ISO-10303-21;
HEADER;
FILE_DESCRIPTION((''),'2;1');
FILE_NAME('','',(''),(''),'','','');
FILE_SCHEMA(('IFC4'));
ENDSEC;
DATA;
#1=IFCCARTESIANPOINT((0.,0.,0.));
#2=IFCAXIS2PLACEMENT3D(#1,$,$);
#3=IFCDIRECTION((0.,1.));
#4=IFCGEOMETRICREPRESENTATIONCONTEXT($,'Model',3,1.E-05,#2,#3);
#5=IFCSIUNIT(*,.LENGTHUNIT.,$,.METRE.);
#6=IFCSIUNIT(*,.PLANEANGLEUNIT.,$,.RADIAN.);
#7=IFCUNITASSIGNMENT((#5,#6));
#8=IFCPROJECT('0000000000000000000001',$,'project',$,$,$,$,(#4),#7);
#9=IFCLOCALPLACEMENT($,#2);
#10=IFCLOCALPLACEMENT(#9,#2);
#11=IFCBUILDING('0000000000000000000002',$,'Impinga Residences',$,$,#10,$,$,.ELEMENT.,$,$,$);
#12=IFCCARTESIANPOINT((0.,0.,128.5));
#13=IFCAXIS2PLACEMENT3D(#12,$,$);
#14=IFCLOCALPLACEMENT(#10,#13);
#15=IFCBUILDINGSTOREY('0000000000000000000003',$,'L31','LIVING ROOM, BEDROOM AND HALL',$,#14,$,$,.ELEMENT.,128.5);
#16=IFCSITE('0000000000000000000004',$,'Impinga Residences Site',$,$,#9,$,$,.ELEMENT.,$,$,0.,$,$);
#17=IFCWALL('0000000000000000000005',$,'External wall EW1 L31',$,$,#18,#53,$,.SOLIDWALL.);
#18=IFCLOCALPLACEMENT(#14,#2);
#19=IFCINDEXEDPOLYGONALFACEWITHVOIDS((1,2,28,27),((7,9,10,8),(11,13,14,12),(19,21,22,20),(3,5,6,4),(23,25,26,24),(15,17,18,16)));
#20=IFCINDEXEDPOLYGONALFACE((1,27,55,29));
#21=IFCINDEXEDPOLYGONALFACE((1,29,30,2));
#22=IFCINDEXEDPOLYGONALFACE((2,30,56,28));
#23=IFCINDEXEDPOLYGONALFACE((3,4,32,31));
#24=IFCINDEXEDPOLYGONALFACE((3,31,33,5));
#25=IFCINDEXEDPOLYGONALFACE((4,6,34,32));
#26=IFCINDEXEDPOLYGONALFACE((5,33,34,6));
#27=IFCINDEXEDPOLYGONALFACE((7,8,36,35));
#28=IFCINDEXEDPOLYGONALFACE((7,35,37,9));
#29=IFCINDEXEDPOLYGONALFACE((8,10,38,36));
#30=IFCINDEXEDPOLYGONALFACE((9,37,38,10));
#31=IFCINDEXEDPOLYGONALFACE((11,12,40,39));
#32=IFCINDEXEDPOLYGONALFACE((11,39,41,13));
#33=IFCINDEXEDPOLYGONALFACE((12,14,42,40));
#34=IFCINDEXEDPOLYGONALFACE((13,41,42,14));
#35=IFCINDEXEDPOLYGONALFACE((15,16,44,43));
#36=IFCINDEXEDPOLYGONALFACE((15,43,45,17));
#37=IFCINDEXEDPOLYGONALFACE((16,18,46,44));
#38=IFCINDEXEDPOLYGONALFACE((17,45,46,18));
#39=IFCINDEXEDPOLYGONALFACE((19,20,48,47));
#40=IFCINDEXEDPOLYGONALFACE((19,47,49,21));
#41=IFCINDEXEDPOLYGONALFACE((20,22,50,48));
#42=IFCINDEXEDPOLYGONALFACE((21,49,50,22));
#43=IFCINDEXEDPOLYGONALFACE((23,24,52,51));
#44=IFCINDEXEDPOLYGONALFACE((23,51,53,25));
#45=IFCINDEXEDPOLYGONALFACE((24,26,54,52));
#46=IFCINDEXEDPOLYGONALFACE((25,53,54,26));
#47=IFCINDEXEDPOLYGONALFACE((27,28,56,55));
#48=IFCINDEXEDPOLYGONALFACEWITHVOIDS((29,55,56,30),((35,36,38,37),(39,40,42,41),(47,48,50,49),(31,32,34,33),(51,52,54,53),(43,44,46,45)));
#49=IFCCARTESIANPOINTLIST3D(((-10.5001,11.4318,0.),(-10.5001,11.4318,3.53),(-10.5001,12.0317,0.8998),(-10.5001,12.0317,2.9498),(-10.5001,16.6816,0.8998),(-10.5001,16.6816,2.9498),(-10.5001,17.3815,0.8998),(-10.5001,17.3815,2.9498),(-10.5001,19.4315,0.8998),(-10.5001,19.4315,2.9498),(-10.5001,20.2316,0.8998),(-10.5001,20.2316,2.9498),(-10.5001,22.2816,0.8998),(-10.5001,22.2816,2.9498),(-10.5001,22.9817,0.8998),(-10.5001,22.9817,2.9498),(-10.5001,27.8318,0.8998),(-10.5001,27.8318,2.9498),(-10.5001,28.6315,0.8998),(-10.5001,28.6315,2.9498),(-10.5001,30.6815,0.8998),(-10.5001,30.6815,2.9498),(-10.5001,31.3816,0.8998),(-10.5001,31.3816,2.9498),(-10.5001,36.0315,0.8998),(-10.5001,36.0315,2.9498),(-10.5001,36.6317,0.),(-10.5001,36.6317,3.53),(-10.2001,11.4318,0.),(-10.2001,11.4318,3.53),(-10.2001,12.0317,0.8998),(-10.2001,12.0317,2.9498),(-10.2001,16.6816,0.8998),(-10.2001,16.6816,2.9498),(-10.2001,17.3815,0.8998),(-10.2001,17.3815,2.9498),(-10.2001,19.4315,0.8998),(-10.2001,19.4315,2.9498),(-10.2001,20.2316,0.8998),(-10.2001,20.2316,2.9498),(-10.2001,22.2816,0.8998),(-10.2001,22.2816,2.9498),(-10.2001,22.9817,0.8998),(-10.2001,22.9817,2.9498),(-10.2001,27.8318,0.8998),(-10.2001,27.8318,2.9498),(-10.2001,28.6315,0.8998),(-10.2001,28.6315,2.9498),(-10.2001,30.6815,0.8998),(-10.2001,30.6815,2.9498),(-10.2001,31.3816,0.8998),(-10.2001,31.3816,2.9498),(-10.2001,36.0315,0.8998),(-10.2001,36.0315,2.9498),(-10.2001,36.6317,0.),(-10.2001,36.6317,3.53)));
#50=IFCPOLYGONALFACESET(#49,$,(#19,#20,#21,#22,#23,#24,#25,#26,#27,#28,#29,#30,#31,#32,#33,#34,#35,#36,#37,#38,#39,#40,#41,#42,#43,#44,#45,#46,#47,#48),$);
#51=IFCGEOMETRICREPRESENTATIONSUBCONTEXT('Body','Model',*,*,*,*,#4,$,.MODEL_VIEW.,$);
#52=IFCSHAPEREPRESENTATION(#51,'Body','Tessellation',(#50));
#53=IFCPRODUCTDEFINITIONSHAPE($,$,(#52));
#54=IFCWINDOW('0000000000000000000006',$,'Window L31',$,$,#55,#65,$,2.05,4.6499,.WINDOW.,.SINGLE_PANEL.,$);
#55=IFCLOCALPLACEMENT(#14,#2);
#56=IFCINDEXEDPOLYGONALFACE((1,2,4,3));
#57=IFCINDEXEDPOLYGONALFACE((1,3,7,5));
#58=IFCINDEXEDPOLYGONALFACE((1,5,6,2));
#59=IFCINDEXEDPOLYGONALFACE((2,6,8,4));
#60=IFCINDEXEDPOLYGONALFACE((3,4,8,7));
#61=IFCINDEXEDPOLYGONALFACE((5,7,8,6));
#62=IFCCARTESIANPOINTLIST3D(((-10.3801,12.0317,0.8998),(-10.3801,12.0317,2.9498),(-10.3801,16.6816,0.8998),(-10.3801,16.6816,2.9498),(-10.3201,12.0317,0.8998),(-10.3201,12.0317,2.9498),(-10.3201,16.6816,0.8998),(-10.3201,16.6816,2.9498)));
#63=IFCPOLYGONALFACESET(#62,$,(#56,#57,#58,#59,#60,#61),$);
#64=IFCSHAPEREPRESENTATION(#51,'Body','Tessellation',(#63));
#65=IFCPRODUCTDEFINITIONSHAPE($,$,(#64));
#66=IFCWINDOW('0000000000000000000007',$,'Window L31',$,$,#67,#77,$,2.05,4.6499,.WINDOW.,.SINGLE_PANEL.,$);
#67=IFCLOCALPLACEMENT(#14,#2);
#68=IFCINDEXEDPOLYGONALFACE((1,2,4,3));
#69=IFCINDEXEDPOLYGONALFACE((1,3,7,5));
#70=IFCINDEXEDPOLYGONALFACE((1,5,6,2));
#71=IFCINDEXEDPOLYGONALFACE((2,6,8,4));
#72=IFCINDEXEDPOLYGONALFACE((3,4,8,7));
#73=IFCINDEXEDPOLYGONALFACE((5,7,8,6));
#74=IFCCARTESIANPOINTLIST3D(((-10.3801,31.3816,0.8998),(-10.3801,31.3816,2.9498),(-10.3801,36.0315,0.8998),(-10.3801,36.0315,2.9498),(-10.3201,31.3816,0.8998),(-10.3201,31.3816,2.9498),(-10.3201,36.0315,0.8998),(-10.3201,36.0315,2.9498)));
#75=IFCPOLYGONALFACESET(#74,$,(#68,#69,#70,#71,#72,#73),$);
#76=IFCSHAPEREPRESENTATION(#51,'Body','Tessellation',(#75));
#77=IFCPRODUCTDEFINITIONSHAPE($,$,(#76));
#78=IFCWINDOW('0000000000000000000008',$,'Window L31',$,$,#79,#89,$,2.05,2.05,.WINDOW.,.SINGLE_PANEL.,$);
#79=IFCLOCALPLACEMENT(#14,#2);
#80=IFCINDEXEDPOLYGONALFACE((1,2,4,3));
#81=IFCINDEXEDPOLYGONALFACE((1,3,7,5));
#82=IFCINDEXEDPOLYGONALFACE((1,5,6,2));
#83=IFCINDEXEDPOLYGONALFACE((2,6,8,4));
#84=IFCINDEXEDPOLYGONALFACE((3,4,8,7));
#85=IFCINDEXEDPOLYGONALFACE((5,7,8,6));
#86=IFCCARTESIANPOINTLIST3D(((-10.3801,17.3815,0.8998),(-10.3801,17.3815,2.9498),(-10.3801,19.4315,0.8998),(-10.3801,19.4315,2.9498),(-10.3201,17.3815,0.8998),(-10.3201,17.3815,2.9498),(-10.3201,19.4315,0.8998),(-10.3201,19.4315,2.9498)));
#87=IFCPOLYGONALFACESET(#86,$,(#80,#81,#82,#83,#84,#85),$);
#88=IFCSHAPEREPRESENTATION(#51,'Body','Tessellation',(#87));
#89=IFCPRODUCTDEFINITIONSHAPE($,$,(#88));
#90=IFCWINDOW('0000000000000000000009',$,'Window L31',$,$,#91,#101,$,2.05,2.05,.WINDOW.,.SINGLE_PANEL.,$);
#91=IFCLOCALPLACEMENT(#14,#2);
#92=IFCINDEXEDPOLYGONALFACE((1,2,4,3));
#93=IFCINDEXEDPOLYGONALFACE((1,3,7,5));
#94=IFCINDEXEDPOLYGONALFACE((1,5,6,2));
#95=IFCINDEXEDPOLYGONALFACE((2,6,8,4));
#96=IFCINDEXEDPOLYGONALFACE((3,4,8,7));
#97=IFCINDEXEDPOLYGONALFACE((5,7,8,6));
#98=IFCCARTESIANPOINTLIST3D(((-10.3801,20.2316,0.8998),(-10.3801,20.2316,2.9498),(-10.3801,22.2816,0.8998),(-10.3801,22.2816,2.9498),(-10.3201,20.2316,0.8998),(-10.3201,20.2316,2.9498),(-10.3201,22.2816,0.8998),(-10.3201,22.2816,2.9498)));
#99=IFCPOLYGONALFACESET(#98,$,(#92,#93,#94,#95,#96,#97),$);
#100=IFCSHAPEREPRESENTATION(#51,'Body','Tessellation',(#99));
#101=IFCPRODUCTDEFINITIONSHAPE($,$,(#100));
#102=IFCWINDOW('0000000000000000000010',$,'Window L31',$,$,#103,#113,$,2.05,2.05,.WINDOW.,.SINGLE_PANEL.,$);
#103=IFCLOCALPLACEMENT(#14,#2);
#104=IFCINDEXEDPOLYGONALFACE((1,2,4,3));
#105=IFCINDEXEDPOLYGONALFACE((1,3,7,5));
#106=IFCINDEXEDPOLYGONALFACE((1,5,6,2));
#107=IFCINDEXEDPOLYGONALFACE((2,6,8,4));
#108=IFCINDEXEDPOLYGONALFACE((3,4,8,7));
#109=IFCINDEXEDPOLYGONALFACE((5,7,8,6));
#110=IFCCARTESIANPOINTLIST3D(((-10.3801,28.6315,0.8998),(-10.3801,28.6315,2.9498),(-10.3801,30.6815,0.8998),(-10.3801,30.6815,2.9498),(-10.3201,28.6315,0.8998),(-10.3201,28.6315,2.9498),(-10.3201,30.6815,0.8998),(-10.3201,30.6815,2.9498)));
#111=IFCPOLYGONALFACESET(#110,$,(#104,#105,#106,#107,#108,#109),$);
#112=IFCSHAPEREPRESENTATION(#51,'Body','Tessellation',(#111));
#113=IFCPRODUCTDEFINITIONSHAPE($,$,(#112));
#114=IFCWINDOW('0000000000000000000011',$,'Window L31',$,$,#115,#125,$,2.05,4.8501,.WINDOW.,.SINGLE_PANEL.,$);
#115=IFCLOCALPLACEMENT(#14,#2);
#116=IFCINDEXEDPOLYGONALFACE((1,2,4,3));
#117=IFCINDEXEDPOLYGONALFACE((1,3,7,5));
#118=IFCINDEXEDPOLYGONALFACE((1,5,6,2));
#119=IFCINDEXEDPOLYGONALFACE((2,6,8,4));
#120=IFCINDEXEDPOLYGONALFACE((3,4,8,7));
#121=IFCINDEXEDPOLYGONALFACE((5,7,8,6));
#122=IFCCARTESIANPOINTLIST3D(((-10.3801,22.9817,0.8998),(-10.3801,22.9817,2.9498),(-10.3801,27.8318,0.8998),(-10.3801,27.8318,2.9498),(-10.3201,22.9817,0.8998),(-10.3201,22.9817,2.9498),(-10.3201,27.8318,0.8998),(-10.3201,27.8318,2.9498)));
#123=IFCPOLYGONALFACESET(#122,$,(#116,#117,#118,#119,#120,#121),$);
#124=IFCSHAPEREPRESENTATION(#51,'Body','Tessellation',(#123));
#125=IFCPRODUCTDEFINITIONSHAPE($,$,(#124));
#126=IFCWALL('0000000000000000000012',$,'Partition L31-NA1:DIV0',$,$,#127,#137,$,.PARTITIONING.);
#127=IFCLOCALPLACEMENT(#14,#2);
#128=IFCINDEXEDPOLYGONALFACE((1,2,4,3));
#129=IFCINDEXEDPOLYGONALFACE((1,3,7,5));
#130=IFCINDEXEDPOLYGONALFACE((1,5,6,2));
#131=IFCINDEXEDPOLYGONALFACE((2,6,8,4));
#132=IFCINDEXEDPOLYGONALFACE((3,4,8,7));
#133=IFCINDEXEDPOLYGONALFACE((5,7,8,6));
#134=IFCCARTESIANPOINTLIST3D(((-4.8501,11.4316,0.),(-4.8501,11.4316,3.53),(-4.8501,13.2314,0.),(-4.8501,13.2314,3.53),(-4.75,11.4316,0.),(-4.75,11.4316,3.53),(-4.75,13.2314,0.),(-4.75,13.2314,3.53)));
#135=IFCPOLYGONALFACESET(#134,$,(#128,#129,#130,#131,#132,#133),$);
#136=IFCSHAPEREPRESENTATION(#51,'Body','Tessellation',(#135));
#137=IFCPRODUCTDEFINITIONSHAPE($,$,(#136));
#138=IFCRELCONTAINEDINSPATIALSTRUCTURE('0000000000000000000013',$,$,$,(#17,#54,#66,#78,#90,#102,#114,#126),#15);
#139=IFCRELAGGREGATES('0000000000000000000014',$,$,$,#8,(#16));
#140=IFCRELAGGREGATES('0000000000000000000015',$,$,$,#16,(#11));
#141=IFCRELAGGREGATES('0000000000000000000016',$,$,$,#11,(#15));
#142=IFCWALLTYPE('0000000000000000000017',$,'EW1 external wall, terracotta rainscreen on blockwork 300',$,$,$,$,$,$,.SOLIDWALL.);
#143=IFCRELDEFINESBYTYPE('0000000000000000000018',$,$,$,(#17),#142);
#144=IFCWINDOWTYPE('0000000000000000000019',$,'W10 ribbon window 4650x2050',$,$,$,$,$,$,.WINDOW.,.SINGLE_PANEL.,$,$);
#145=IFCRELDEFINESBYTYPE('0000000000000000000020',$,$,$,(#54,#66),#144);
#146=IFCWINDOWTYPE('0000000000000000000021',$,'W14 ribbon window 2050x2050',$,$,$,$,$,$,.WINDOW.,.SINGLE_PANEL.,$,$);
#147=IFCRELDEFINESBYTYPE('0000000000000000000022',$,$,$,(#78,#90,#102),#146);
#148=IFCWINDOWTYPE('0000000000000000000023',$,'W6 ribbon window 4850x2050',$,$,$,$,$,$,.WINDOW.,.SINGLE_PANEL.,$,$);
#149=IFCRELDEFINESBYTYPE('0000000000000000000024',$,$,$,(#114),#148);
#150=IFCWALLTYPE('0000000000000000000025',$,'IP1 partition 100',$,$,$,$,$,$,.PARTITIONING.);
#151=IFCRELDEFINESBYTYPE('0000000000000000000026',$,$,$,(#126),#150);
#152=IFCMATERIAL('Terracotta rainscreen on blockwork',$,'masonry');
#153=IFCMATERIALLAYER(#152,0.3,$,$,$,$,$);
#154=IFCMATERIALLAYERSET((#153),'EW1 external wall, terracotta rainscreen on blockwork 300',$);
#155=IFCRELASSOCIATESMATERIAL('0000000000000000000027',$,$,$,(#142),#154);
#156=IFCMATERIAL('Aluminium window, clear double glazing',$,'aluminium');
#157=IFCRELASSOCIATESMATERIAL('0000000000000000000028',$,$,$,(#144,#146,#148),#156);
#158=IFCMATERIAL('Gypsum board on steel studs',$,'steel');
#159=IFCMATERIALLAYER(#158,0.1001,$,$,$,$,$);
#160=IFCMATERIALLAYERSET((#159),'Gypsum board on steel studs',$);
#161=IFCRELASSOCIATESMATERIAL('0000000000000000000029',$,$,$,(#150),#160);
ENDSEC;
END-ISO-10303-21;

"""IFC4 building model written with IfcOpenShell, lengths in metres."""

from ifc_helpers import new_model, si_unit, direction, frame, frame_2d, origin, place, context, subcontext, project, spatial, rectangle, extrude, material, layer, layer_set, type_object, element, fill, save


model = new_model("IFC4")

# Units and contexts
model_context = context("Model", 3, precision=1e-05, world=origin(), true_north=direction((0.0, 1.0)))
body_context = subcontext(model_context, "Body", "Model", "MODEL_VIEW")
ifc_project = project(units=[si_unit("LENGTHUNIT", "METRE"), si_unit("PLANEANGLEUNIT", "RADIAN")], contexts=[model_context])

# Site, building, storey
site_placement = place(None, origin())
site = spatial("IfcSite", under=ifc_project, at=site_placement, Name="Impinga Residences Site", CompositionType="ELEMENT", RefElevation=0.0)
building_placement = place(site_placement, origin())
building = spatial("IfcBuilding", under=site, at=building_placement, Name="Impinga Residences", CompositionType="ELEMENT")
storey_placement = place(building_placement, frame((0.0, 0.0, 128.5)))
storey = spatial("IfcBuildingStorey", under=building, at=storey_placement, Name="L31", Description="LIVING ROOM, BEDROOM AND HALL", CompositionType="ELEMENT", Elevation=128.5)

# Shared definitions
ifc_material_1 = material(Name="Terracotta rainscreen on blockwork", Category="masonry")
ifc_layer_1 = layer(ifc_material_1, 0.3)
ifc_layer_set_1 = layer_set([ifc_layer_1], Name="EW1 external wall, terracotta rainscreen on blockwork 300")
wall_type_1 = type_object("IfcWallType", Name="EW1 external wall, terracotta rainscreen on blockwork 300", PredefinedType="SOLIDWALL", material=ifc_layer_set_1)

# Wall, openings, windows
wall_1_placement = place(storey_placement, frame((-10.3501, 11.4316, 0.0), z_axis=(0.0, 0.0, 1.0), x_axis=(0.0, 1.0, 0.0)))
wall_1 = element("IfcWall", 1, at=wall_1_placement, inside=storey, type_object=wall_type_1, Name="External wall EW1 L31", PredefinedType="SOLIDWALL", context=body_context, shape_type="SweptSolid", body=[
    extrude(rectangle(XDim=25.2, YDim=0.3, at=frame_2d((12.6001, 0.0))), origin(), (0.0, 0.0, 1.0), 3.53),
])
opening_1_placement = place(wall_1_placement, frame((0.6001, 0.0, 0.8999)))
opening_1 = element("IfcOpeningElement", 2, at=opening_1_placement, cuts=wall_1, PredefinedType="OPENING", context=body_context, shape_type="SweptSolid", body=[
    extrude(rectangle(XDim=4.6499, YDim=2.05, at=frame_2d((2.325, 1.0249))), frame((0.0, 0.1599, 0.0), z_axis=(0.0, -1.0, 0.0), x_axis=(1.0, 0.0, 0.0)), (0.0, 0.0, 1.0), 0.3201),
])
opening_2_placement = place(wall_1_placement, frame((5.95, 0.0, 0.8999)))
opening_2 = element("IfcOpeningElement", 3, at=opening_2_placement, cuts=wall_1, PredefinedType="OPENING", context=body_context, shape_type="SweptSolid", body=[
    extrude(rectangle(XDim=2.05, YDim=2.05, at=frame_2d((1.0249, 1.0249))), frame((0.0, 0.1599, 0.0), z_axis=(0.0, -1.0, 0.0), x_axis=(1.0, 0.0, 0.0)), (0.0, 0.0, 1.0), 0.3201),
])
opening_3_placement = place(wall_1_placement, frame((8.8, 0.0, 0.8999)))
opening_3 = element("IfcOpeningElement", 4, at=opening_3_placement, cuts=wall_1, PredefinedType="OPENING", context=body_context, shape_type="SweptSolid", body=[
    extrude(rectangle(XDim=2.05, YDim=2.05, at=frame_2d((1.0249, 1.0249))), frame((0.0, 0.1599, 0.0), z_axis=(0.0, -1.0, 0.0), x_axis=(1.0, 0.0, 0.0)), (0.0, 0.0, 1.0), 0.3201),
])
opening_4_placement = place(wall_1_placement, frame((11.55, 0.0, 0.8999)))
opening_4 = element("IfcOpeningElement", 5, at=opening_4_placement, cuts=wall_1, PredefinedType="OPENING", context=body_context, shape_type="SweptSolid", body=[
    extrude(rectangle(XDim=4.8501, YDim=2.05, at=frame_2d((2.425, 1.0249))), frame((0.0, 0.1599, 0.0), z_axis=(0.0, -1.0, 0.0), x_axis=(1.0, 0.0, 0.0)), (0.0, 0.0, 1.0), 0.3201),
])
opening_5_placement = place(wall_1_placement, frame((17.2, 0.0, 0.8999)))
opening_5 = element("IfcOpeningElement", 6, at=opening_5_placement, cuts=wall_1, PredefinedType="OPENING", context=body_context, shape_type="SweptSolid", body=[
    extrude(rectangle(XDim=2.05, YDim=2.05, at=frame_2d((1.0249, 1.0249))), frame((0.0, 0.1599, 0.0), z_axis=(0.0, -1.0, 0.0), x_axis=(1.0, 0.0, 0.0)), (0.0, 0.0, 1.0), 0.3201),
])
opening_6_placement = place(wall_1_placement, frame((19.95, 0.0, 0.8999)))
opening_6 = element("IfcOpeningElement", 7, at=opening_6_placement, cuts=wall_1, PredefinedType="OPENING", context=body_context, shape_type="SweptSolid", body=[
    extrude(rectangle(XDim=4.6499, YDim=2.05, at=frame_2d((2.325, 1.0249))), frame((0.0, 0.1599, 0.0), z_axis=(0.0, -1.0, 0.0), x_axis=(1.0, 0.0, 0.0)), (0.0, 0.0, 1.0), 0.3201),
])
ifc_material_2 = material(Name="Aluminium window, clear double glazing", Category="aluminium")
window_type_1 = type_object("IfcWindowType", Name="W10 ribbon window 4650x2050", PartitioningType="SINGLE_PANEL", PredefinedType="WINDOW", material=ifc_material_2)
window_1_placement = place(opening_1_placement, origin())
window_1 = element("IfcWindow", 8, at=window_1_placement, inside=storey, type_object=window_type_1, Name="Window L31", OverallHeight=2.05, OverallWidth=4.6499, PartitioningType="SINGLE_PANEL", PredefinedType="WINDOW", context=body_context, shape_type="SweptSolid", body=[
    extrude(rectangle(XDim=4.6499, YDim=2.05, at=frame_2d((2.325, 1.0249))), frame((0.0, 0.03, 0.0), z_axis=(0.0, -1.0, 0.0), x_axis=(1.0, 0.0, 0.0)), (0.0, 0.0, 1.0), 0.0601),
])
fill(opening_1, window_1)
window_2_placement = place(opening_6_placement, origin())
window_2 = element("IfcWindow", 9, at=window_2_placement, inside=storey, type_object=window_type_1, Name="Window L31", OverallHeight=2.05, OverallWidth=4.6499, PartitioningType="SINGLE_PANEL", PredefinedType="WINDOW", context=body_context, shape_type="SweptSolid", body=[
    extrude(rectangle(XDim=4.6499, YDim=2.05, at=frame_2d((2.325, 1.0249))), frame((0.0, 0.03, 0.0), z_axis=(0.0, -1.0, 0.0), x_axis=(1.0, 0.0, 0.0)), (0.0, 0.0, 1.0), 0.0601),
])
fill(opening_6, window_2)
window_type_2 = type_object("IfcWindowType", Name="W14 ribbon window 2050x2050", PartitioningType="SINGLE_PANEL", PredefinedType="WINDOW", material=ifc_material_2)
window_3_placement = place(opening_2_placement, origin())
window_3 = element("IfcWindow", 10, at=window_3_placement, inside=storey, type_object=window_type_2, Name="Window L31", OverallHeight=2.05, OverallWidth=2.05, PartitioningType="SINGLE_PANEL", PredefinedType="WINDOW", context=body_context, shape_type="SweptSolid", body=[
    extrude(rectangle(XDim=2.05, YDim=2.05, at=frame_2d((1.0249, 1.0249))), frame((0.0, 0.03, 0.0), z_axis=(0.0, -1.0, 0.0), x_axis=(1.0, 0.0, 0.0)), (0.0, 0.0, 1.0), 0.0601),
])
fill(opening_2, window_3)
window_4_placement = place(opening_3_placement, origin())
window_4 = element("IfcWindow", 11, at=window_4_placement, inside=storey, type_object=window_type_2, Name="Window L31", OverallHeight=2.05, OverallWidth=2.05, PartitioningType="SINGLE_PANEL", PredefinedType="WINDOW", context=body_context, shape_type="SweptSolid", body=[
    extrude(rectangle(XDim=2.05, YDim=2.05, at=frame_2d((1.0249, 1.0249))), frame((0.0, 0.03, 0.0), z_axis=(0.0, -1.0, 0.0), x_axis=(1.0, 0.0, 0.0)), (0.0, 0.0, 1.0), 0.0601),
])
fill(opening_3, window_4)
window_5_placement = place(opening_5_placement, origin())
window_5 = element("IfcWindow", 12, at=window_5_placement, inside=storey, type_object=window_type_2, Name="Window L31", OverallHeight=2.05, OverallWidth=2.05, PartitioningType="SINGLE_PANEL", PredefinedType="WINDOW", context=body_context, shape_type="SweptSolid", body=[
    extrude(rectangle(XDim=2.05, YDim=2.05, at=frame_2d((1.0249, 1.0249))), frame((0.0, 0.03, 0.0), z_axis=(0.0, -1.0, 0.0), x_axis=(1.0, 0.0, 0.0)), (0.0, 0.0, 1.0), 0.0601),
])
fill(opening_5, window_5)
window_type_3 = type_object("IfcWindowType", Name="W6 ribbon window 4850x2050", PartitioningType="SINGLE_PANEL", PredefinedType="WINDOW", material=ifc_material_2)
window_6_placement = place(opening_4_placement, origin())
window_6 = element("IfcWindow", 13, at=window_6_placement, inside=storey, type_object=window_type_3, Name="Window L31", OverallHeight=2.05, OverallWidth=4.8501, PartitioningType="SINGLE_PANEL", PredefinedType="WINDOW", context=body_context, shape_type="SweptSolid", body=[
    extrude(rectangle(XDim=4.8501, YDim=2.05, at=frame_2d((2.425, 1.0249))), frame((0.0, 0.03, 0.0), z_axis=(0.0, -1.0, 0.0), x_axis=(1.0, 0.0, 0.0)), (0.0, 0.0, 1.0), 0.0601),
])
fill(opening_4, window_6)

# Wall
ifc_material_3 = material(Name="Gypsum board on steel studs", Category="steel")
ifc_layer_2 = layer(ifc_material_3, 0.1001)
ifc_layer_set_2 = layer_set([ifc_layer_2], Name="Gypsum board on steel studs")
wall_type_2 = type_object("IfcWallType", Name="IP1 partition 100", PredefinedType="PARTITIONING", material=ifc_layer_set_2)
wall_2_placement = place(storey_placement, frame((-4.8, 11.4316, 0.0), z_axis=(0.0, 0.0, 1.0), x_axis=(0.0, 1.0, 0.0)))
element("IfcWall", 14, at=wall_2_placement, inside=storey, type_object=wall_type_2, Name="Partition L31-NA1:DIV0", PredefinedType="PARTITIONING", context=body_context, shape_type="SweptSolid", body=[
    extrude(rectangle(XDim=1.7998, YDim=0.1001, at=frame_2d((0.8999, 0.0))), origin(), (0.0, 0.0, 1.0), 3.53),
])

save(model, "model.ifc")
